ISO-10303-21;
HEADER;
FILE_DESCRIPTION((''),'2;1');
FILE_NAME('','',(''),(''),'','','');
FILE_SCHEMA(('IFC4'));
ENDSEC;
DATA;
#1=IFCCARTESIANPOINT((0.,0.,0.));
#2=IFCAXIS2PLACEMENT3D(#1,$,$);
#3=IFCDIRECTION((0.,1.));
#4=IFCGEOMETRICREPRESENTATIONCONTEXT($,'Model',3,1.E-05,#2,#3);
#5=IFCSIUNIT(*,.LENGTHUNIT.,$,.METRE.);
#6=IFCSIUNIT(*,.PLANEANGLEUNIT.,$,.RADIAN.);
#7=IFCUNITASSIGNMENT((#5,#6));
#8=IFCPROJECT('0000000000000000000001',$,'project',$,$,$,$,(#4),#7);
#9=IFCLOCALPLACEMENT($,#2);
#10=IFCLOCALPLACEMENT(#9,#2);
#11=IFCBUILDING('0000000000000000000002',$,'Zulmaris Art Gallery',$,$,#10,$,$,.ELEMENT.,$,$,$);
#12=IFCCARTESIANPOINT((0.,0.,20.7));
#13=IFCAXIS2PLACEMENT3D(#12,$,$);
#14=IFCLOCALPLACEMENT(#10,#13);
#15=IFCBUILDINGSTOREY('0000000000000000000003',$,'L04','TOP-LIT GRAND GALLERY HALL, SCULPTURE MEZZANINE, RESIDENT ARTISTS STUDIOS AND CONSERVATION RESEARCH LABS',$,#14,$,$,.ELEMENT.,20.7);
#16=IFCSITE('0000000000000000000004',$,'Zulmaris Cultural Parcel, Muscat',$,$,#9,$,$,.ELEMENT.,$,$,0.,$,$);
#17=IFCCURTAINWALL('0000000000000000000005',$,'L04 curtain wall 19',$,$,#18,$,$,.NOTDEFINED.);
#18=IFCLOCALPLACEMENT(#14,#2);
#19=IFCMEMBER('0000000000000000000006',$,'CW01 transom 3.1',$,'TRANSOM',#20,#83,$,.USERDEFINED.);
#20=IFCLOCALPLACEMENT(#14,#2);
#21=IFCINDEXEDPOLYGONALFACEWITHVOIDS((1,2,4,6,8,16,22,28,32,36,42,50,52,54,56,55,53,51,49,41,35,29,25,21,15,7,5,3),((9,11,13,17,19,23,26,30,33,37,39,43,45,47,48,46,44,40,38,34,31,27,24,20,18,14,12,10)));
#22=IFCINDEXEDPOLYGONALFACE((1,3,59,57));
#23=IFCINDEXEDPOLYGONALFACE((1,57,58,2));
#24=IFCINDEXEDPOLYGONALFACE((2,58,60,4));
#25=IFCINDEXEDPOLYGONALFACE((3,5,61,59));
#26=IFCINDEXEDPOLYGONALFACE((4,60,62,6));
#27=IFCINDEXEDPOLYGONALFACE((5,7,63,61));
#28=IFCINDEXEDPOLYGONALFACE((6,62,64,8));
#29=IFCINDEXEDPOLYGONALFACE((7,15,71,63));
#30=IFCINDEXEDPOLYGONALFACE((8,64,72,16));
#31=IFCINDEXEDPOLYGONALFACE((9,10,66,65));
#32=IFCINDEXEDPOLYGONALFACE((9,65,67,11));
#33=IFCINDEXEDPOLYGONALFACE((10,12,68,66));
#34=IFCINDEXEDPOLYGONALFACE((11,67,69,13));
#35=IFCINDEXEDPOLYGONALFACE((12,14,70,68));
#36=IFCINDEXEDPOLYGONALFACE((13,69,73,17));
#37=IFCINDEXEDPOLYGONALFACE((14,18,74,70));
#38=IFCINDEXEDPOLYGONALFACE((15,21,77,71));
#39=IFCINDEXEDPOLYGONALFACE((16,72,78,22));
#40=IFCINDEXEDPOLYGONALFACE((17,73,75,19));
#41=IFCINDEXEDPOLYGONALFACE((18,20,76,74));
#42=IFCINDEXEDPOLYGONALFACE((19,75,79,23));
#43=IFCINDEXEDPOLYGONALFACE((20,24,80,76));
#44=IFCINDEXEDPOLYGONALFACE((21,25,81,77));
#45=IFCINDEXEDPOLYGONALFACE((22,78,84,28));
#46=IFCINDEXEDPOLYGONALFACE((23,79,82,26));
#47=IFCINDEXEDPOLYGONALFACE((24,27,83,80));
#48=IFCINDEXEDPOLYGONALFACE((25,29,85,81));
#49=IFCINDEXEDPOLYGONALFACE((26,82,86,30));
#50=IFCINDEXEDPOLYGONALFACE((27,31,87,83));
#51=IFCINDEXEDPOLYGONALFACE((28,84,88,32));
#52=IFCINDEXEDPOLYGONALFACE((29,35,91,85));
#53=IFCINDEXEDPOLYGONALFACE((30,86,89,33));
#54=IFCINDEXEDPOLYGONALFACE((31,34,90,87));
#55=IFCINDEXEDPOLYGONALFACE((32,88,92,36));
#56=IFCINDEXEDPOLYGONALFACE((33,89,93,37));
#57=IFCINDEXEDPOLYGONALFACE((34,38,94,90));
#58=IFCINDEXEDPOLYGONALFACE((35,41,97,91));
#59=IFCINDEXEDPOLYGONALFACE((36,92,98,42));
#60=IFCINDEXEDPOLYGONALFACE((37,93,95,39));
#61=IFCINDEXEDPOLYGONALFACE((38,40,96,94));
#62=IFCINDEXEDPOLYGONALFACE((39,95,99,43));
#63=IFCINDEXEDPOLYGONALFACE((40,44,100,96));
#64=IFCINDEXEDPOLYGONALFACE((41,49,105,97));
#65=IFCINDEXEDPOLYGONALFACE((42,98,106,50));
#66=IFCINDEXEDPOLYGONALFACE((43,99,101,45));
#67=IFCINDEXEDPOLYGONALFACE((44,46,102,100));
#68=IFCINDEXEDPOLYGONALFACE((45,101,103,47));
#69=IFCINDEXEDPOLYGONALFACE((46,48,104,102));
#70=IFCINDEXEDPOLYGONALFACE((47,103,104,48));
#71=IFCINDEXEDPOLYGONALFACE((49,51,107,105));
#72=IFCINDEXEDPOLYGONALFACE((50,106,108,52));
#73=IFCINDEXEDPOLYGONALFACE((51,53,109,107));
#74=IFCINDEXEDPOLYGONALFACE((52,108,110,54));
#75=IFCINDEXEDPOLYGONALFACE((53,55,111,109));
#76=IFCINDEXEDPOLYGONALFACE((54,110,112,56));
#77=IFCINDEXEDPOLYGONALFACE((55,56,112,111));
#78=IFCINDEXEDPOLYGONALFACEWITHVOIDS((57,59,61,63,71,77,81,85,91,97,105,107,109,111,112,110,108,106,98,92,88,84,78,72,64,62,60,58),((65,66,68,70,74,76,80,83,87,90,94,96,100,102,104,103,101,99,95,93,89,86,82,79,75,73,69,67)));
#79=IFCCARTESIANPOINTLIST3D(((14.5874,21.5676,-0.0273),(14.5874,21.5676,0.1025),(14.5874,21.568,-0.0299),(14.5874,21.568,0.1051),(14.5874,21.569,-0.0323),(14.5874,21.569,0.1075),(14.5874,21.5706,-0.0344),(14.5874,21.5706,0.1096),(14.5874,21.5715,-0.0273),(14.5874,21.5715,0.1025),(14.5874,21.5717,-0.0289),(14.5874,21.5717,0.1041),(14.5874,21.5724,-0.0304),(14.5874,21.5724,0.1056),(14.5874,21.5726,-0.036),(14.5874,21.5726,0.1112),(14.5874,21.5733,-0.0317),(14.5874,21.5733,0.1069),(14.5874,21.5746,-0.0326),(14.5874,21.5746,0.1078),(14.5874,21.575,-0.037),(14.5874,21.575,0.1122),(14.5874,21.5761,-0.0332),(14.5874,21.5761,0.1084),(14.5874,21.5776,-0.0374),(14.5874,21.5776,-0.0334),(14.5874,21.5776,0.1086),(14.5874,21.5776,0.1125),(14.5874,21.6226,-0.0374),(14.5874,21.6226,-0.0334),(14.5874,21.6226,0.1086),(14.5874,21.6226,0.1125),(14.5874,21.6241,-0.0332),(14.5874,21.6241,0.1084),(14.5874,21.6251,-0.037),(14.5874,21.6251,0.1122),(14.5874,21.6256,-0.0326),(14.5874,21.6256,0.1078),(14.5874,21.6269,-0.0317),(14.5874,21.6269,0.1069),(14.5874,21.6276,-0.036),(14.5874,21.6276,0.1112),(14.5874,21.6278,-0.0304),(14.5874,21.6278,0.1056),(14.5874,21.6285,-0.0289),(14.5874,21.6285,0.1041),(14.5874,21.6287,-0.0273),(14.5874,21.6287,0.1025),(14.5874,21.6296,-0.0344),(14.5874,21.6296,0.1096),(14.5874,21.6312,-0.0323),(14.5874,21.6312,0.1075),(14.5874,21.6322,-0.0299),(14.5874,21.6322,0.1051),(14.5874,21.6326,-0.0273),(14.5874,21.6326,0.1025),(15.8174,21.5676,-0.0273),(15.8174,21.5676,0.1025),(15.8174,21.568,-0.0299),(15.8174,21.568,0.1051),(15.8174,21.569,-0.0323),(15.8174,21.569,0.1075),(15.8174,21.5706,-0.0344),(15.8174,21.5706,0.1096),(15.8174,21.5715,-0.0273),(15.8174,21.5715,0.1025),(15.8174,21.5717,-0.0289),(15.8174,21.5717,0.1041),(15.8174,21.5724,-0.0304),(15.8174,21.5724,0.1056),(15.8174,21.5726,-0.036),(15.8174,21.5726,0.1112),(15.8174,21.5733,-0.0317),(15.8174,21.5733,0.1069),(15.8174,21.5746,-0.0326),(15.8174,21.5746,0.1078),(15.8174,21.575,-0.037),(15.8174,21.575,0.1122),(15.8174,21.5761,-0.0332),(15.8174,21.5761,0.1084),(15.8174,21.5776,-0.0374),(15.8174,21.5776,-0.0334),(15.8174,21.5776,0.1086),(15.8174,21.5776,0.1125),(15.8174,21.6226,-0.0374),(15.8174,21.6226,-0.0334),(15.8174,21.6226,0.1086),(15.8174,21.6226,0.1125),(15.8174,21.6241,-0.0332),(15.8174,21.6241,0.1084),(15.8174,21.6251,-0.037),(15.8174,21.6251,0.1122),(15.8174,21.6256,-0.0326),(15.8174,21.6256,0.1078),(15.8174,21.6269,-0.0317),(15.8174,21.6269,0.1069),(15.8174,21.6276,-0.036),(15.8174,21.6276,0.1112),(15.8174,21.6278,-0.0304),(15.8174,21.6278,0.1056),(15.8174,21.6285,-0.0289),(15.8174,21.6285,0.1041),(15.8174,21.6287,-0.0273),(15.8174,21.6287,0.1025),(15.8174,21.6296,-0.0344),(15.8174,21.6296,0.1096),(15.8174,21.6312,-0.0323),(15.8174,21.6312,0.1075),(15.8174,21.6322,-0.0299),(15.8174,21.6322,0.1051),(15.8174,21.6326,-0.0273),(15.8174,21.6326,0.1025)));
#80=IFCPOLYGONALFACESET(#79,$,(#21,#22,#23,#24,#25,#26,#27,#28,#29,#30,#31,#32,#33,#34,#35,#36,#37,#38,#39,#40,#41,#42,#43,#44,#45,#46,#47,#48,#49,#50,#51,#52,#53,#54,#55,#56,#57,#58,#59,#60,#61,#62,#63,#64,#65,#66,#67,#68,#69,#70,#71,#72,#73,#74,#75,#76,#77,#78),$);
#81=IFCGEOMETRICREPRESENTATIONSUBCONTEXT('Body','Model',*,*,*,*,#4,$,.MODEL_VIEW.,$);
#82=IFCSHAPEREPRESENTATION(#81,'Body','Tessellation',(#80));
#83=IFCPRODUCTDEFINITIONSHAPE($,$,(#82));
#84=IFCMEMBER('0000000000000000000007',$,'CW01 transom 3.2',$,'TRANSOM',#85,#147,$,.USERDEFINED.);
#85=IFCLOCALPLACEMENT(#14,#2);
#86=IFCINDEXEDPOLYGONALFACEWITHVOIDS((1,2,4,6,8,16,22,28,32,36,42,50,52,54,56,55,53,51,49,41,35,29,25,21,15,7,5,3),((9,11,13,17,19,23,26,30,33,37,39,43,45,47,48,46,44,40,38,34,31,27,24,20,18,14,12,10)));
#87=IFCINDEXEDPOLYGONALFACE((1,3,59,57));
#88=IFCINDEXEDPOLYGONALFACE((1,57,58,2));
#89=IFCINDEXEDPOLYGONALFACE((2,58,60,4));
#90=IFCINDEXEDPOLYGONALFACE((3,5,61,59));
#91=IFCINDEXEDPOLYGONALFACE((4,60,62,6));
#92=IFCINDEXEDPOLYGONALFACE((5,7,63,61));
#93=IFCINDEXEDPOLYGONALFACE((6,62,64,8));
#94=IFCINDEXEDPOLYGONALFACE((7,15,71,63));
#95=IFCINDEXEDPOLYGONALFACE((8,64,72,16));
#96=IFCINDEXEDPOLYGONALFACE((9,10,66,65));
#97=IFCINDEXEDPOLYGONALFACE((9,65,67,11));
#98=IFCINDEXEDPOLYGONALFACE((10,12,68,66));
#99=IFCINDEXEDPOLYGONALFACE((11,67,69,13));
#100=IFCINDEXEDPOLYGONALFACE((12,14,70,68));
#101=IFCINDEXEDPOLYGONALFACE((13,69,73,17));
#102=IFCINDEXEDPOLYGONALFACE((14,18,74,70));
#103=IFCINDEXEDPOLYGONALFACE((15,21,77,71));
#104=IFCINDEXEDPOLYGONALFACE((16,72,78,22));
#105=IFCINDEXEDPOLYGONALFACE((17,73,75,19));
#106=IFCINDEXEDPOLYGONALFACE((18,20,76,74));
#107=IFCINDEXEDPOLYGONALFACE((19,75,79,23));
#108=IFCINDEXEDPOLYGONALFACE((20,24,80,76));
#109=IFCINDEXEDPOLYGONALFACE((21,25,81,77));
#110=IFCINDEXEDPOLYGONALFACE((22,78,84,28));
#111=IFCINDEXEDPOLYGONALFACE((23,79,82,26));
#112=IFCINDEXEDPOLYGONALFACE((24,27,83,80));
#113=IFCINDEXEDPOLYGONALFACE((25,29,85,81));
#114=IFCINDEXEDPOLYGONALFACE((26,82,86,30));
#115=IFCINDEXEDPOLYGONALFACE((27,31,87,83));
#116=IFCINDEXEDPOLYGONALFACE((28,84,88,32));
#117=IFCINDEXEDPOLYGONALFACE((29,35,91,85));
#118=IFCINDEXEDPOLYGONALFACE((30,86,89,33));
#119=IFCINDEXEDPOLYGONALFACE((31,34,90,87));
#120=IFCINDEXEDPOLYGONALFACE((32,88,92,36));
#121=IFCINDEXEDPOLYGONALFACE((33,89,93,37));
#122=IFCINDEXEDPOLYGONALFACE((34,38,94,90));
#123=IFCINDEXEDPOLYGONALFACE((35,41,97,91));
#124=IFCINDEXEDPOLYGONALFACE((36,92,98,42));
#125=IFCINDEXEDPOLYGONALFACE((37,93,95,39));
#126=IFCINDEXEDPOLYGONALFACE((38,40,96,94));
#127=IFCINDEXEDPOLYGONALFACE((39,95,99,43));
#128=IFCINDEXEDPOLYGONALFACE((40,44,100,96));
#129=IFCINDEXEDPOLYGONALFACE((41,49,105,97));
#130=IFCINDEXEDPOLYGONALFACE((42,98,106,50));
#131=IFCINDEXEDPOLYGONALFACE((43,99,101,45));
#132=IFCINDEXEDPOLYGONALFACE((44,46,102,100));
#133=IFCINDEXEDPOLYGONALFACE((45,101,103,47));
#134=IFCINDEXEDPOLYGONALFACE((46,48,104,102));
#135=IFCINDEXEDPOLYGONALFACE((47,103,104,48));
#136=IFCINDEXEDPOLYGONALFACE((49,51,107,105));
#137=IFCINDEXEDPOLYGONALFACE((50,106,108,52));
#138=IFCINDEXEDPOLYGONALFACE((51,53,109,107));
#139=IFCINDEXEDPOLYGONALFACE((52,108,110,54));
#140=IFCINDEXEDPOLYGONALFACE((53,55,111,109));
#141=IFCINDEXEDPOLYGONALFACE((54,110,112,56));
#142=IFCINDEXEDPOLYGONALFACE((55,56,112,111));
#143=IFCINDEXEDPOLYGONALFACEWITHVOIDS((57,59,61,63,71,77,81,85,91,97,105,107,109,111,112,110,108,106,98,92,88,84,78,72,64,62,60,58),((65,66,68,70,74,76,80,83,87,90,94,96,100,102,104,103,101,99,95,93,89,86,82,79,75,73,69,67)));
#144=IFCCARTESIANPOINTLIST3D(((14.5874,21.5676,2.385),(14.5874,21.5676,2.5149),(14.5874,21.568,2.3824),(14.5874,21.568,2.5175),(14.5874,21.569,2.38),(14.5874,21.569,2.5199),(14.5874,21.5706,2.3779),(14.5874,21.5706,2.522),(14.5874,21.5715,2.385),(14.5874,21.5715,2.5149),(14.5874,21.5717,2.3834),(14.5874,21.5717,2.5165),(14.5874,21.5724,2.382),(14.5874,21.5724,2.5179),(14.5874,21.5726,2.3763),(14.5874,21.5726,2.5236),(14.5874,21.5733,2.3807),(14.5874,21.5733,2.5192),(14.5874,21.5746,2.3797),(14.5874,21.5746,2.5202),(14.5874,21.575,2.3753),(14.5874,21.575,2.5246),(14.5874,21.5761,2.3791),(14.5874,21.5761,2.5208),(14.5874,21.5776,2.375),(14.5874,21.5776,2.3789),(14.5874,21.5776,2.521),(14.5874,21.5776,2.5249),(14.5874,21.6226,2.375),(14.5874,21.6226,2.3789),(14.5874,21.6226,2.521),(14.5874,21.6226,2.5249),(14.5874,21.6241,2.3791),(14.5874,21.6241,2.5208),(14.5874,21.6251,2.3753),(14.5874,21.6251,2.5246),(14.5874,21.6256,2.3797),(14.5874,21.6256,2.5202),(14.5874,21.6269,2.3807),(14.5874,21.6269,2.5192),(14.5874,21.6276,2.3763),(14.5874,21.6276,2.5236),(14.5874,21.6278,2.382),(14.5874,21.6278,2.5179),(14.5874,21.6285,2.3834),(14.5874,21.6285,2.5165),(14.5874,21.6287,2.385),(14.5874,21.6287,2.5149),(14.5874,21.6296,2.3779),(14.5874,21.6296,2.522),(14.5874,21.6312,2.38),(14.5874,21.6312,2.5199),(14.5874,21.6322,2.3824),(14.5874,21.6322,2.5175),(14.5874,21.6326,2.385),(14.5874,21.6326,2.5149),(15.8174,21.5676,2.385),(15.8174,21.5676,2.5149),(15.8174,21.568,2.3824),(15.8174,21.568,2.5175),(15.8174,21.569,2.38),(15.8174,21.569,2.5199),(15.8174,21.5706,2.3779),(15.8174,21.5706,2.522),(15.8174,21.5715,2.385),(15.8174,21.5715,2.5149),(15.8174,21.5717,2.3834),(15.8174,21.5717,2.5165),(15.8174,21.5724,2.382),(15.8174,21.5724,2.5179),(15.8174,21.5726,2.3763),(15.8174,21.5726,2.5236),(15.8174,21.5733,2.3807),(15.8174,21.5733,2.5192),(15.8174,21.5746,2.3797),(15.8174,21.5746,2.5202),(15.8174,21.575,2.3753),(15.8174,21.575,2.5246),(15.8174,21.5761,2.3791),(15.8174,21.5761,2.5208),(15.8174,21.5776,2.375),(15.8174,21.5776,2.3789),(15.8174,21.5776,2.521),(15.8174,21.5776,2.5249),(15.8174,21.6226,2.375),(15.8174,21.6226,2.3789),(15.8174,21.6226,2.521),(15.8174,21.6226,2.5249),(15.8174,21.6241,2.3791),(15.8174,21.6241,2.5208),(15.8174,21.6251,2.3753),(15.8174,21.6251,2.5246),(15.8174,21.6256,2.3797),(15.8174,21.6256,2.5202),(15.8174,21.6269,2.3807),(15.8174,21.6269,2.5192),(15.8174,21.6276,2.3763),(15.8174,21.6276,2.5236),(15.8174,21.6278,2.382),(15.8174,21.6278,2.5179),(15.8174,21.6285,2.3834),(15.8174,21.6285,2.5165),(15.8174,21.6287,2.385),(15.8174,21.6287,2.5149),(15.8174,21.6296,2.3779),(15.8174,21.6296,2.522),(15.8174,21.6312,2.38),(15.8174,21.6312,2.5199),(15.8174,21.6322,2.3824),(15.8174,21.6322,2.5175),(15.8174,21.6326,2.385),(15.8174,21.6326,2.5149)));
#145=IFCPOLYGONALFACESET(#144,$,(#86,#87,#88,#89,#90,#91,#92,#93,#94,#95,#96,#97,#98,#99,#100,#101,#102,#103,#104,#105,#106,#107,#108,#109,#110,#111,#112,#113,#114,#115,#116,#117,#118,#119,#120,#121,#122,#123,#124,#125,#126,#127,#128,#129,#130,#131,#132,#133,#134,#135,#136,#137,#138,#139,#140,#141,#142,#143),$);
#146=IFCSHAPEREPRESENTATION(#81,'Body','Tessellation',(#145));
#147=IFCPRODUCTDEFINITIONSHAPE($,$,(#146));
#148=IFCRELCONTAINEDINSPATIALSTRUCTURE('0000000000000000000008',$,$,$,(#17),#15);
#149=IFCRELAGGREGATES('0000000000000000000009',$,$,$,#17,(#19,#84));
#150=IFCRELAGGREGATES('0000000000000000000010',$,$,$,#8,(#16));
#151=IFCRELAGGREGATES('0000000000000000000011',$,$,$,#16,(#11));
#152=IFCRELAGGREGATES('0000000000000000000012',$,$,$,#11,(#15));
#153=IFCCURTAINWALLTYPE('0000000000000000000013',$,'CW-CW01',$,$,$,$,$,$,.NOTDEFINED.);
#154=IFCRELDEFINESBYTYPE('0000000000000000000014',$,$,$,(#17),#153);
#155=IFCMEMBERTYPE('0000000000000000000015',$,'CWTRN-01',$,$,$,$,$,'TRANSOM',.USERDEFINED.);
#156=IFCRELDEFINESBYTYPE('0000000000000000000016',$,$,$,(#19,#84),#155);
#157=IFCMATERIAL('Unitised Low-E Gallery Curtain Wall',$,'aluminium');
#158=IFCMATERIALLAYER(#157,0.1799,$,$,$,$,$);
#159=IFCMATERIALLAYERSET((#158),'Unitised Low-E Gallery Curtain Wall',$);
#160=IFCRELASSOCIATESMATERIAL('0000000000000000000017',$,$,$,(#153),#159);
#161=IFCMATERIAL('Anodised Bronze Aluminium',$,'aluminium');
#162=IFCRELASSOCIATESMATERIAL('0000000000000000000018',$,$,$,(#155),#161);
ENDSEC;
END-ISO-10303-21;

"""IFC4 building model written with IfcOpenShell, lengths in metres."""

from ifc_helpers import new_model, si_unit, direction, frame, origin, origin_2d, place, context, subcontext, project, spatial, hollow_rectangle, extrude, material, layer, layer_set, material_profile, profile_set, type_object, element, aggregate, save


model = new_model("IFC4")

# Units and contexts
model_context = context("Model", 3, precision=1e-05, world=origin(), true_north=direction((0.0, 1.0)))
body_context = subcontext(model_context, "Body", "Model", "MODEL_VIEW")
ifc_project = project(units=[si_unit("LENGTHUNIT", "METRE"), si_unit("PLANEANGLEUNIT", "RADIAN")], contexts=[model_context])

# Site, building, storey
site_placement = place(None, origin())
site = spatial("IfcSite", under=ifc_project, at=site_placement, Name="Zulmaris Cultural Parcel, Muscat", CompositionType="ELEMENT", RefElevation=0.0)
building_placement = place(site_placement, origin())
building = spatial("IfcBuilding", under=site, at=building_placement, Name="Zulmaris Art Gallery", CompositionType="ELEMENT")
storey_placement = place(building_placement, frame((0.0, 0.0, 20.7)))
storey = spatial("IfcBuildingStorey", under=building, at=storey_placement, Name="L04", Description="TOP-LIT GRAND GALLERY HALL, SCULPTURE MEZZANINE, RESIDENT ARTISTS STUDIOS AND CONSERVATION RESEARCH LABS", CompositionType="ELEMENT", Elevation=20.7)

# Curtain wall, members
ifc_material_1 = material(Name="Unitised Low-E Gallery Curtain Wall", Category="aluminium")
ifc_layer_1 = layer(ifc_material_1, 0.1799)
ifc_layer_set_1 = layer_set([ifc_layer_1], Name="Unitised Low-E Gallery Curtain Wall")
curtain_wall_type = type_object("IfcCurtainWallType", Name="CW-CW01", PredefinedType="NOTDEFINED", material=ifc_layer_set_1)
curtain_wall_placement = place(storey_placement, origin())
curtain_wall = element("IfcCurtainWall", 1, at=curtain_wall_placement, inside=storey, type_object=curtain_wall_type, Name="L04 curtain wall 19", PredefinedType="NOTDEFINED")
ifc_material_2 = material(Name="Anodised Bronze Aluminium", Category="aluminium")
ifc_material_profile_1 = material_profile(ifc_material_2, hollow_rectangle(XDim=0.0649, YDim=0.1499, WallThickness=0.0039, InnerFilletRadius=0.0061, OuterFilletRadius=0.01, at=origin_2d()), Name="ALU 65x150x4")
ifc_profile_set_1 = profile_set([ifc_material_profile_1], Name="Anodised Bronze Aluminium")
member_type_1 = type_object("IfcMemberType", Name="CWTRN-01", ElementType="TRANSOM", PredefinedType="USERDEFINED", material=ifc_profile_set_1)
member_1_placement = place(storey_placement, frame((14.5874, 21.6001, 0.0376), z_axis=(1.0, 0.0, 0.0), x_axis=(0.0, 1.0, 0.0)))
member_1 = element("IfcMember", 2, at=member_1_placement, type_object=member_type_1, Name="CW01 transom 3.1", ObjectType="TRANSOM", PredefinedType="USERDEFINED", context=body_context, shape_type="SweptSolid", body=[
    extrude(hollow_rectangle(XDim=0.0649, YDim=0.1499, WallThickness=0.0039, InnerFilletRadius=0.0061, OuterFilletRadius=0.01, at=origin_2d()), origin(), (0.0, 0.0, 1.0), 1.23),
])
member_2_placement = place(storey_placement, frame((14.5874, 21.6001, 2.45), z_axis=(1.0, 0.0, 0.0), x_axis=(0.0, 1.0, 0.0)))
member_2 = element("IfcMember", 3, at=member_2_placement, type_object=member_type_1, Name="CW01 transom 3.2", ObjectType="TRANSOM", PredefinedType="USERDEFINED", context=body_context, shape_type="SweptSolid", body=[
    extrude(hollow_rectangle(XDim=0.0649, YDim=0.1499, WallThickness=0.0039, InnerFilletRadius=0.0061, OuterFilletRadius=0.01, at=origin_2d()), origin(), (0.0, 0.0, 1.0), 1.23),
])

aggregate(curtain_wall, [member_1, member_2])

save(model, "model.ifc")
